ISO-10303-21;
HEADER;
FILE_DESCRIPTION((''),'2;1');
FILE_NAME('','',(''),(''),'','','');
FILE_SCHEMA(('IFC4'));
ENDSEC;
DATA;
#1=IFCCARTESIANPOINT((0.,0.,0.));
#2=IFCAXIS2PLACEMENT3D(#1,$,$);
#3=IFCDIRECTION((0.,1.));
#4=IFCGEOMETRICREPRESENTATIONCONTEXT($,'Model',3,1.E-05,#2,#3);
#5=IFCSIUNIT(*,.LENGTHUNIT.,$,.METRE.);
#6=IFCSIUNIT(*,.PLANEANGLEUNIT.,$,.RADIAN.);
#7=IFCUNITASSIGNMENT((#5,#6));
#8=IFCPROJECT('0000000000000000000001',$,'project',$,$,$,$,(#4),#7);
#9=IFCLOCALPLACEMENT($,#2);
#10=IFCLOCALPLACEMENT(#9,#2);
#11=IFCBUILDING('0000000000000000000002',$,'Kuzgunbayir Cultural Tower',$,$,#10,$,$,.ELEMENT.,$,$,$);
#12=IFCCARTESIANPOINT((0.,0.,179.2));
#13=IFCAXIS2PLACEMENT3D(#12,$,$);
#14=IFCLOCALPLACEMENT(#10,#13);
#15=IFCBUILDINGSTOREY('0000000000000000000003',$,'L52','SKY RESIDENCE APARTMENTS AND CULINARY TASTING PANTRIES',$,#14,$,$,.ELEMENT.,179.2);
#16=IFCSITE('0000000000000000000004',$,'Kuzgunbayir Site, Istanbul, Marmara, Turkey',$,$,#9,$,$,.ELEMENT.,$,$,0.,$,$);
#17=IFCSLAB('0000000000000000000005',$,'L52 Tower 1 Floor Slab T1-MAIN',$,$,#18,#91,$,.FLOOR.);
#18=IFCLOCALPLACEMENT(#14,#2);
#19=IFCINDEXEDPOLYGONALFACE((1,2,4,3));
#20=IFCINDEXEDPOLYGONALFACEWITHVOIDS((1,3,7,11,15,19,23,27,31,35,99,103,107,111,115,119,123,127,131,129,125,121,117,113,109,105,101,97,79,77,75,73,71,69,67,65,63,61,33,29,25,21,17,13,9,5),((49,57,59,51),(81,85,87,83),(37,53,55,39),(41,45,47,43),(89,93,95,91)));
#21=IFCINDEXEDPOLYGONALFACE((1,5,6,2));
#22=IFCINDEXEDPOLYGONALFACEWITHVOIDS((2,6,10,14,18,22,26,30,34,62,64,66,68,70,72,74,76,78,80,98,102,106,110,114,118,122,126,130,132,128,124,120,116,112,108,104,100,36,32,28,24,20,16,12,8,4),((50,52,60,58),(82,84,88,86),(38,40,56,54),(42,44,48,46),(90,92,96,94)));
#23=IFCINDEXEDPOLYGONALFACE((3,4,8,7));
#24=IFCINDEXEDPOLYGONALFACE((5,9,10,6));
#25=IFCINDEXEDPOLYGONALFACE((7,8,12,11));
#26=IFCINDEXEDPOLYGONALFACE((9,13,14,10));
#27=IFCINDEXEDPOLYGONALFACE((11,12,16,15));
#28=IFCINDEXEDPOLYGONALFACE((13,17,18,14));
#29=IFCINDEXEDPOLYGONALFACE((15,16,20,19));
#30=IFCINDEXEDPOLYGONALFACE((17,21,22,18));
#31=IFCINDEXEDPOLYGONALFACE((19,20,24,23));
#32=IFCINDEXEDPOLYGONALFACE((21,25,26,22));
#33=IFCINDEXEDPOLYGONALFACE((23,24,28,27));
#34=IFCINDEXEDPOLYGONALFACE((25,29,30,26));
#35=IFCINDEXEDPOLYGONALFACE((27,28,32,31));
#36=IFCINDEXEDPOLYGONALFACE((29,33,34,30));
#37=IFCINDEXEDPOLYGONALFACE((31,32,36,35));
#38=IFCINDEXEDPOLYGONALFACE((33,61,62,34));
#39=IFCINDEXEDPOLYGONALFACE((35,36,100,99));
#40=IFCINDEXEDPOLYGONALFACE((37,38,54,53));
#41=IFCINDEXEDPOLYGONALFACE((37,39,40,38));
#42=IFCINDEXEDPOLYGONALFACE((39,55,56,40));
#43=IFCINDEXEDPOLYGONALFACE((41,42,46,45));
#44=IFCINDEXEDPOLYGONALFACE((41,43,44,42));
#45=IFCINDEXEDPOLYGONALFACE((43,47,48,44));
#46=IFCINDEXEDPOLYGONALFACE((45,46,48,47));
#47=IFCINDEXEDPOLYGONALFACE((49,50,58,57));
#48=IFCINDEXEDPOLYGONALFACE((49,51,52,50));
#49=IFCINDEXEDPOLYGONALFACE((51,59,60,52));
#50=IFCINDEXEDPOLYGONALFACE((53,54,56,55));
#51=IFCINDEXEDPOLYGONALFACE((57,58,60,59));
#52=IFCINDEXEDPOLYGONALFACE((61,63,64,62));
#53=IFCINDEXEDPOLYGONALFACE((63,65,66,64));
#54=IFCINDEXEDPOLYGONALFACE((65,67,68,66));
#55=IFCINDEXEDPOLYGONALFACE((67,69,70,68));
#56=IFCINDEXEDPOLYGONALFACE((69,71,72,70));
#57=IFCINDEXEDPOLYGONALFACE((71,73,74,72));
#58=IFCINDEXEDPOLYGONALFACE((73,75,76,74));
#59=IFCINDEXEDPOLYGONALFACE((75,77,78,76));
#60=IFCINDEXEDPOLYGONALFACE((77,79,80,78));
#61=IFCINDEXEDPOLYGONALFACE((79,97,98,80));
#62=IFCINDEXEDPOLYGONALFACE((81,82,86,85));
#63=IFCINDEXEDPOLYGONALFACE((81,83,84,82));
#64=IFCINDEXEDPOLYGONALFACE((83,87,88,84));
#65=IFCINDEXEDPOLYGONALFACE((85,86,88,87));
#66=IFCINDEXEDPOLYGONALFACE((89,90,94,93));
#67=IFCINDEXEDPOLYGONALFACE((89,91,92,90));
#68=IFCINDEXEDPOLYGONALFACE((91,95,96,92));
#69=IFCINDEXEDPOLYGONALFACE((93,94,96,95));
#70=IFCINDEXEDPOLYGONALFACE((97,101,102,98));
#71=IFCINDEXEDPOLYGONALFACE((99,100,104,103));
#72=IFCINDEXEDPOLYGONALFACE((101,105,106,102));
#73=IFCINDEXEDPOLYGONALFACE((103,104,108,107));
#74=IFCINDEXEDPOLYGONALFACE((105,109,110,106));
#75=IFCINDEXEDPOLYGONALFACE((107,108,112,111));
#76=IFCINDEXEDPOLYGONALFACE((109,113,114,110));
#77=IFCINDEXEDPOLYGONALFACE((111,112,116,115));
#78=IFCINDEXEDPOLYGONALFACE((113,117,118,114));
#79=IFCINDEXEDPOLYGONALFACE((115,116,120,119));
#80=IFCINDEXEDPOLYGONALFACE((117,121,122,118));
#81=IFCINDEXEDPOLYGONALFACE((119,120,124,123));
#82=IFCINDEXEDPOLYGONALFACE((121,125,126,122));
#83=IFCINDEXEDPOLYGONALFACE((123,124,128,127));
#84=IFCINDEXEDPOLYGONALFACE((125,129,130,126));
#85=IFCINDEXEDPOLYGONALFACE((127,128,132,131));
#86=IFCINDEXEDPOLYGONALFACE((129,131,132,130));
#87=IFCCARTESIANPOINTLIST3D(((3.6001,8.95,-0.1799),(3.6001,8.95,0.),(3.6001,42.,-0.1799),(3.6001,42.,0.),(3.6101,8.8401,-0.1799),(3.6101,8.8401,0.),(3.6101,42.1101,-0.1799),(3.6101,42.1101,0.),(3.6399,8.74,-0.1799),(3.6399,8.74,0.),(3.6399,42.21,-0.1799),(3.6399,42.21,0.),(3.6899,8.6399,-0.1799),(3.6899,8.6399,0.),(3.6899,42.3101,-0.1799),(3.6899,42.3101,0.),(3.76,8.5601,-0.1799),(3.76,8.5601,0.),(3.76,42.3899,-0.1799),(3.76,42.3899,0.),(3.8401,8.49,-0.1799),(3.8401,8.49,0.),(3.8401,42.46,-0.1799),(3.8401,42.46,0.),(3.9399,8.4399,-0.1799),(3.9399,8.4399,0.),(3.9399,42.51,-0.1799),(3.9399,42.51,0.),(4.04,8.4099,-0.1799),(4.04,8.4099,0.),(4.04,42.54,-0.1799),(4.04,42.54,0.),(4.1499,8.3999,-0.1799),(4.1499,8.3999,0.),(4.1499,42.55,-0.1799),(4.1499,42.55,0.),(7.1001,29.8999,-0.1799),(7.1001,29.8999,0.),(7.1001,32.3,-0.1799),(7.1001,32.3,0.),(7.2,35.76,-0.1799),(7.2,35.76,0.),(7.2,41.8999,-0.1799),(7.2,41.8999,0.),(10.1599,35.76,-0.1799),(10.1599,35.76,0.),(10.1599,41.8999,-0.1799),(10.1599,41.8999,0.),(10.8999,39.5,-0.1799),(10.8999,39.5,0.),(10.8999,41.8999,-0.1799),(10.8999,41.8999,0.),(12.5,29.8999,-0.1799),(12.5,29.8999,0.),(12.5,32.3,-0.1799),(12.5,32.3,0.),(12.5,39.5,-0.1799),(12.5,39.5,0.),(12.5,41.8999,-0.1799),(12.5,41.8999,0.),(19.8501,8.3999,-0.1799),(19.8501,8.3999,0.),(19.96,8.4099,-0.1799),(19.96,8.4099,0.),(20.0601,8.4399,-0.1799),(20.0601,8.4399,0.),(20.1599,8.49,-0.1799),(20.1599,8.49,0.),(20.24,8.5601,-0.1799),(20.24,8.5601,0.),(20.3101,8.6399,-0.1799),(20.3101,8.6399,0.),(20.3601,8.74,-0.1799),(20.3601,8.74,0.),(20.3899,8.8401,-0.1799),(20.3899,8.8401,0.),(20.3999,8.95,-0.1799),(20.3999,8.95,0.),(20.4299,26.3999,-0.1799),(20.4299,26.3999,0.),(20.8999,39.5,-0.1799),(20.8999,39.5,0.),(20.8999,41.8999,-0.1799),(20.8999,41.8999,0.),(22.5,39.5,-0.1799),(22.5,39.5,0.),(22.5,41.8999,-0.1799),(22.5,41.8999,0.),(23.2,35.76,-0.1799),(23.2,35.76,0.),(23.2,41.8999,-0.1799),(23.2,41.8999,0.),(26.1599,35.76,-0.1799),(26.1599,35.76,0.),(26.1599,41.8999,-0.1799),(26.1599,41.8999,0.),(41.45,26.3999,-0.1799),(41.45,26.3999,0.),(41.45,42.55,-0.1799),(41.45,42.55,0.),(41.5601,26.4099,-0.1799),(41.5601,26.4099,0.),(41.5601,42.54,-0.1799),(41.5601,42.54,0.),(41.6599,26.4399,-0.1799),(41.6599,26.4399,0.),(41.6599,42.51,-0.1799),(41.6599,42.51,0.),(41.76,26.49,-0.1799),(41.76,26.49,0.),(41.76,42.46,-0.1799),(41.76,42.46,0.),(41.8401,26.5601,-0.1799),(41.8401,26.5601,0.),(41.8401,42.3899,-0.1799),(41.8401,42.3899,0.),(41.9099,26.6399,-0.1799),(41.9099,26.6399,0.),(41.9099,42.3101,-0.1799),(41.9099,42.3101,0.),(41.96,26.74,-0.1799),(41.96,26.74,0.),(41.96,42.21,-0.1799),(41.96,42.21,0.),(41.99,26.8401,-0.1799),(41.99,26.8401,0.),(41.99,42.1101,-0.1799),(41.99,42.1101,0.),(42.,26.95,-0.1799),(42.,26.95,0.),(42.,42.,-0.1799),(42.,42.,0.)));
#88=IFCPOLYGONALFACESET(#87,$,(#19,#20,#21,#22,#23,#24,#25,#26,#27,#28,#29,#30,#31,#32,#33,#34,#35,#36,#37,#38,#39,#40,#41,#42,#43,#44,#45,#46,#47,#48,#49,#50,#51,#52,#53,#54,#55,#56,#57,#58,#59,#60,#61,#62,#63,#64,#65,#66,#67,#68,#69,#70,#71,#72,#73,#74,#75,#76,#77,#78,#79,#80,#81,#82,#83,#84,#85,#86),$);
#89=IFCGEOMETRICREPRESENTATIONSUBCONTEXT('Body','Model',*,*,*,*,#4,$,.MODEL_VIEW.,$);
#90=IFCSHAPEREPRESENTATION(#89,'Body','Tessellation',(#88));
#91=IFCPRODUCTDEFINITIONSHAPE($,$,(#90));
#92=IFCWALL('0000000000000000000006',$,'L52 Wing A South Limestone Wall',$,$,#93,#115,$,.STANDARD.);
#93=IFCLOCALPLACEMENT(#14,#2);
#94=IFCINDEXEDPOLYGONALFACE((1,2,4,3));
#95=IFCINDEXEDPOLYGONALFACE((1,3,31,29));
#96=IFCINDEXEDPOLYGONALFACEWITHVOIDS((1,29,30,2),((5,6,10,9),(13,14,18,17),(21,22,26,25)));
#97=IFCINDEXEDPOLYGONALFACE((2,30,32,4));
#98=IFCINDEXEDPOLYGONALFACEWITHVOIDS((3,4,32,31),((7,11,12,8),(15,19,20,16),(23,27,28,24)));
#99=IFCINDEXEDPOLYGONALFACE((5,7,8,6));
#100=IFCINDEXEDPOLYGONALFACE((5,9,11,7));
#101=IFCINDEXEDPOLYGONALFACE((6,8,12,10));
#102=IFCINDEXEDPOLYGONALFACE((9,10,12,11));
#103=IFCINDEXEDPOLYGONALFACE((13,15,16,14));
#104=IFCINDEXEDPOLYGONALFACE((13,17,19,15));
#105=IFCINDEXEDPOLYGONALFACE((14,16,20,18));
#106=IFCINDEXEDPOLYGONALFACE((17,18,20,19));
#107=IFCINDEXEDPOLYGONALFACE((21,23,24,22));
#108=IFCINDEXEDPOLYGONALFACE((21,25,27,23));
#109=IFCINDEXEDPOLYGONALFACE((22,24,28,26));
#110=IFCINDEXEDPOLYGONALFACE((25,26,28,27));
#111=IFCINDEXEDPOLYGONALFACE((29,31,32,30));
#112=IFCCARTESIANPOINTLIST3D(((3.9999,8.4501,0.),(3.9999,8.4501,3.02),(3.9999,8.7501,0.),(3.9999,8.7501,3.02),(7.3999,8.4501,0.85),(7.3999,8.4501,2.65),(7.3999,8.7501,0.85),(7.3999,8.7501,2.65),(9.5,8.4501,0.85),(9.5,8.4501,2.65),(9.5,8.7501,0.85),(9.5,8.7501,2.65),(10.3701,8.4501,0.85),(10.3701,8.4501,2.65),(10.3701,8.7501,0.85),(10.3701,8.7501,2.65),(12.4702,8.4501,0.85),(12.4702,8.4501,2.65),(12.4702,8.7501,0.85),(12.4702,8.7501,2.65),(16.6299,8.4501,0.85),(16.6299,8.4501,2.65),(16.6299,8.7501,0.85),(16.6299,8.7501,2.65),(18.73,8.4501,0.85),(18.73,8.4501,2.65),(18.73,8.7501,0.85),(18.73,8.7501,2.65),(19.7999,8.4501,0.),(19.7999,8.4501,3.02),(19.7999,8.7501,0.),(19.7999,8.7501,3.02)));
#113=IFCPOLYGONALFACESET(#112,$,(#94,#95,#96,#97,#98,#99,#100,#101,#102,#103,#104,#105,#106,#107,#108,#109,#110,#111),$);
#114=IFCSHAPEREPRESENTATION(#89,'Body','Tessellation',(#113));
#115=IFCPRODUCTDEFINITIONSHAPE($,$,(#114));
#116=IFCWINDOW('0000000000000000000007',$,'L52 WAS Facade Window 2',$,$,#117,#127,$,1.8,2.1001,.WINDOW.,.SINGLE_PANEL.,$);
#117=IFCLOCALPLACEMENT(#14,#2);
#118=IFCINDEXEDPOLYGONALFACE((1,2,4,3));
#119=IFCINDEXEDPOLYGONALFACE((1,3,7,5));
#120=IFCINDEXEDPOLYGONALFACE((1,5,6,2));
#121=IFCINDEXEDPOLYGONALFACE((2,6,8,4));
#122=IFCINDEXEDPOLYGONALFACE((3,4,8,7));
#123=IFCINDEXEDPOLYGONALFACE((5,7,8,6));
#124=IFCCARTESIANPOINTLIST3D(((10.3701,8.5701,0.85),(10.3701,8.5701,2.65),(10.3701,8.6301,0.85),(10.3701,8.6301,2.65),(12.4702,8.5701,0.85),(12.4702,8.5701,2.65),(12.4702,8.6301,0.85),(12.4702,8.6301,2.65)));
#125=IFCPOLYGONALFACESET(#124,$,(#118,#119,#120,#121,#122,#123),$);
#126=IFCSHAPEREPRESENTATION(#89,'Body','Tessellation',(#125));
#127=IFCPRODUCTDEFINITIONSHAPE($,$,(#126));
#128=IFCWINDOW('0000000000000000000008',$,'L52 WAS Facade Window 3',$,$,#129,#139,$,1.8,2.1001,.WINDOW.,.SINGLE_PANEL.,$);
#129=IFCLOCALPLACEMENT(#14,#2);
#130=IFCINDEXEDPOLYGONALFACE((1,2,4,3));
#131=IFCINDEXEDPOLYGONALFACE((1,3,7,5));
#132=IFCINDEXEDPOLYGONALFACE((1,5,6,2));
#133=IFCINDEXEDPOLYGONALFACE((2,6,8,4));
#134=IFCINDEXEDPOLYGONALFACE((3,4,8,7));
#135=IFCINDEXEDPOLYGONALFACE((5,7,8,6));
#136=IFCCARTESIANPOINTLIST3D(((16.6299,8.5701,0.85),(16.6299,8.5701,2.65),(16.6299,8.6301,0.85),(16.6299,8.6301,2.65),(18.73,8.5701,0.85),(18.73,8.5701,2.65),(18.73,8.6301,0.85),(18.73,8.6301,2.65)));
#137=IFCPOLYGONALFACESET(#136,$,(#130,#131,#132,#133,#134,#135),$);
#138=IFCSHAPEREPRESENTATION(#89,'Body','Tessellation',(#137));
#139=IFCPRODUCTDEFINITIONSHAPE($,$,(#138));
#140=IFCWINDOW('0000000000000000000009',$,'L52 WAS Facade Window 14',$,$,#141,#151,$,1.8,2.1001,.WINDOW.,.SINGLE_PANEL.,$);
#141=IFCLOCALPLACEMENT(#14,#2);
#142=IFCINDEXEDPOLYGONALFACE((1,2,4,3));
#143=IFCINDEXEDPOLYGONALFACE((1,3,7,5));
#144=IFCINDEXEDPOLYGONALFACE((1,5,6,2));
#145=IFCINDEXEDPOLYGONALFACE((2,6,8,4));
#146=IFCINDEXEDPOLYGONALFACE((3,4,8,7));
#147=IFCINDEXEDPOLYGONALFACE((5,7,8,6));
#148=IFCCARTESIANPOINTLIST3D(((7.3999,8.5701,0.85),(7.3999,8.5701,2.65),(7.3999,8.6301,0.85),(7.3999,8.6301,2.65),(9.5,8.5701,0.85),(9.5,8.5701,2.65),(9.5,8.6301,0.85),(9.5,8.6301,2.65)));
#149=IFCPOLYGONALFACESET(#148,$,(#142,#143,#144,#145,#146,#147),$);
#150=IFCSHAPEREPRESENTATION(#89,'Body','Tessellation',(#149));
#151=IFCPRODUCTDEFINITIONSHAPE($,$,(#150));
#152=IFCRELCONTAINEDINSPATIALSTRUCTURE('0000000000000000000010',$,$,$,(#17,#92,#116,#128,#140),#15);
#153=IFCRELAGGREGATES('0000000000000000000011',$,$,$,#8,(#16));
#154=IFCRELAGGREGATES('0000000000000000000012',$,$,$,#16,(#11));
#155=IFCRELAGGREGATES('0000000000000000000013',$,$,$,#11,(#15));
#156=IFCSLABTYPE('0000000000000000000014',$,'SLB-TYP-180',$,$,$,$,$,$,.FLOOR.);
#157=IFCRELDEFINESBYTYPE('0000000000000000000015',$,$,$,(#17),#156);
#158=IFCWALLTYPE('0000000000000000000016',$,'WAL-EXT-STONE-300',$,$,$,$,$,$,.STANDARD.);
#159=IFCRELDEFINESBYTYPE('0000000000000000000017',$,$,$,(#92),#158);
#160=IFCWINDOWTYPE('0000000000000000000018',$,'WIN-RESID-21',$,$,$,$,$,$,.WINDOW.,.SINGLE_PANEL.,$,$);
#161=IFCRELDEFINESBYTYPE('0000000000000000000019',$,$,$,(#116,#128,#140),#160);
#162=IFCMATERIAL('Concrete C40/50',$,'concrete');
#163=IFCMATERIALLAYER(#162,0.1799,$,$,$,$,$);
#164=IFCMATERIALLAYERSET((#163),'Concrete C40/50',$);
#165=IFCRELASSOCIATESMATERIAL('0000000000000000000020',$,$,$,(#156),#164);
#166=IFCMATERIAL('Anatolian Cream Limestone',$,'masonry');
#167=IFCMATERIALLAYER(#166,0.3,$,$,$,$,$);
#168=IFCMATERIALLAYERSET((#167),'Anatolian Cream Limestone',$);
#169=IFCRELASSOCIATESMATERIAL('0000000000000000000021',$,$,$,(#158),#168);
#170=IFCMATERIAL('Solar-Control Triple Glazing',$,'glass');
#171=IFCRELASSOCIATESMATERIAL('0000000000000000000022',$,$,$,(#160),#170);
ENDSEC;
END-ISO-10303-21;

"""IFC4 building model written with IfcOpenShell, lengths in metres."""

from ifc_helpers import new_model, si_unit, direction, frame, frame_2d, origin, place, context, subcontext, project, spatial, polyline, rectangle, outline, extrude, material, layer, layer_set, type_object, element, fill, save


model = new_model("IFC4")

# Units and contexts
model_context = context("Model", 3, precision=1e-05, world=origin(), true_north=direction((0.0, 1.0)))
body_context = subcontext(model_context, "Body", "Model", "MODEL_VIEW")
ifc_project = project(units=[si_unit("LENGTHUNIT", "METRE"), si_unit("PLANEANGLEUNIT", "RADIAN")], contexts=[model_context])

# Site, building, storey
site_placement = place(None, origin())
site = spatial("IfcSite", under=ifc_project, at=site_placement, Name="Kuzgunbayir Site, Istanbul, Marmara, Turkey", CompositionType="ELEMENT", RefElevation=0.0)
building_placement = place(site_placement, origin())
building = spatial("IfcBuilding", under=site, at=building_placement, Name="Kuzgunbayir Cultural Tower", CompositionType="ELEMENT")
storey_placement = place(building_placement, frame((0.0, 0.0, 179.2)))
storey = spatial("IfcBuildingStorey", under=building, at=storey_placement, Name="L52", Description="SKY RESIDENCE APARTMENTS AND CULINARY TASTING PANTRIES", CompositionType="ELEMENT", Elevation=179.2)

# Shared definitions
ifc_material_1 = material(Name="Concrete C40/50", Category="concrete")

# Slab
ifc_layer_1 = layer(ifc_material_1, 0.1799)
ifc_layer_set_1 = layer_set([ifc_layer_1], Name="Concrete C40/50")
slab_type_1 = type_object("IfcSlabType", Name="SLB-TYP-180", PredefinedType="FLOOR", material=ifc_layer_set_1)
slab_1_placement = place(storey_placement, frame((0.0, 0.0, -0.1799)))
element("IfcSlab", 1, at=slab_1_placement, inside=storey, type_object=slab_type_1, Name="L52 Tower 1 Floor Slab T1-MAIN", PredefinedType="FLOOR", context=body_context, shape_type="SweptSolid", body=[
    extrude(outline(polyline([(20.3999, 8.95), (20.3899, 8.8401), (20.3601, 8.74), (20.3101, 8.6399), (20.24, 8.5601), (20.1599, 8.49), (20.0601, 8.4399), (19.96, 8.4099), (19.8501, 8.3999), (4.1499, 8.3999), (4.04, 8.4099), (3.9399, 8.4399), (3.8401, 8.49), (3.76, 8.5601), (3.6899, 8.6399), (3.6399, 8.74), (3.6101, 8.8401), (3.6001, 8.95), (3.6001, 42.0), (3.6101, 42.1101), (3.6399, 42.21), (3.6899, 42.3101), (3.76, 42.3899), (3.8401, 42.46), (3.9399, 42.51), (4.04, 42.54), (4.1499, 42.55), (41.45, 42.55), (41.5601, 42.54), (41.6599, 42.51), (41.76, 42.46), (41.8401, 42.3899), (41.9099, 42.3101), (41.96, 42.21), (41.99, 42.1101), (42.0, 42.0), (42.0, 26.95), (41.99, 26.8401), (41.96, 26.74), (41.9099, 26.6399), (41.8401, 26.5601), (41.76, 26.49), (41.6599, 26.4399), (41.5601, 26.4099), (41.45, 26.3999), (20.4299, 26.3999), (20.3999, 8.95)]), holes=[polyline([(7.2, 35.76), (7.2, 41.8999), (10.1599, 41.8999), (10.1599, 35.76), (7.2, 35.76)]), polyline([(23.2, 35.76), (23.2, 41.8999), (26.1599, 41.8999), (26.1599, 35.76), (23.2, 35.76)]), polyline([(7.1001, 29.8999), (7.1001, 32.3), (12.5, 32.3), (12.5, 29.8999), (7.1001, 29.8999)]), polyline([(10.8999, 39.5), (10.8999, 41.8999), (12.5, 41.8999), (12.5, 39.5), (10.8999, 39.5)]), polyline([(20.8999, 39.5), (20.8999, 41.8999), (22.5, 41.8999), (22.5, 39.5), (20.8999, 39.5)])]), origin(), (0.0, 0.0, 1.0), 0.1799),
])

# Wall, openings, windows
ifc_material_2 = material(Name="Anatolian Cream Limestone", Category="masonry")
ifc_layer_2 = layer(ifc_material_2, 0.3)
ifc_layer_set_2 = layer_set([ifc_layer_2], Name="Anatolian Cream Limestone")
wall_type_1 = type_object("IfcWallType", Name="WAL-EXT-STONE-300", PredefinedType="STANDARD", material=ifc_layer_set_2)
wall_1_placement = place(storey_placement, frame((4.0, 8.6001, 0.0), z_axis=(0.0, 0.0, 1.0), x_axis=(1.0, 0.0, 0.0)))
wall_1 = element("IfcWall", 2, at=wall_1_placement, inside=storey, type_object=wall_type_1, Name="L52 Wing A South Limestone Wall", PredefinedType="STANDARD", context=body_context, shape_type="SweptSolid", body=[
    extrude(rectangle(XDim=15.8, YDim=0.3, at=frame_2d((7.8999, 0.0))), origin(), (0.0, 0.0, 1.0), 3.02),
])
opening_1_placement = place(wall_1_placement, frame((6.3701, 0.0, 0.8501)))
opening_1 = element("IfcOpeningElement", 3, at=opening_1_placement, cuts=wall_1, PredefinedType="OPENING", context=body_context, shape_type="SweptSolid", body=[
    extrude(rectangle(XDim=2.1001, YDim=1.8, at=frame_2d((1.05, 0.8999))), frame((0.0, 0.1602, 0.0), z_axis=(0.0, -1.0, 0.0), x_axis=(1.0, 0.0, 0.0)), (0.0, 0.0, 1.0), 0.3201),
])
opening_2_placement = place(wall_1_placement, frame((12.6299, 0.0, 0.8501)))
opening_2 = element("IfcOpeningElement", 4, at=opening_2_placement, cuts=wall_1, PredefinedType="OPENING", context=body_context, shape_type="SweptSolid", body=[
    extrude(rectangle(XDim=2.1001, YDim=1.8, at=frame_2d((1.05, 0.8999))), frame((0.0, 0.1602, 0.0), z_axis=(0.0, -1.0, 0.0), x_axis=(1.0, 0.0, 0.0)), (0.0, 0.0, 1.0), 0.3201),
])
opening_3_placement = place(wall_1_placement, frame((3.3999, 0.0, 0.8501)))
opening_3 = element("IfcOpeningElement", 5, at=opening_3_placement, cuts=wall_1, PredefinedType="OPENING", context=body_context, shape_type="SweptSolid", body=[
    extrude(rectangle(XDim=2.1001, YDim=1.8, at=frame_2d((1.05, 0.8999))), frame((0.0, 0.1602, 0.0), z_axis=(0.0, -1.0, 0.0), x_axis=(1.0, 0.0, 0.0)), (0.0, 0.0, 1.0), 0.3201),
])
ifc_material_3 = material(Name="Solar-Control Triple Glazing", Category="glass")
window_type = type_object("IfcWindowType", Name="WIN-RESID-21", PartitioningType="SINGLE_PANEL", PredefinedType="WINDOW", material=ifc_material_3)
window_1_placement = place(opening_1_placement, origin())
window_1 = element("IfcWindow", 6, at=window_1_placement, inside=storey, type_object=window_type, Name="L52 WAS Facade Window 2", OverallHeight=1.8, OverallWidth=2.1001, PartitioningType="SINGLE_PANEL", PredefinedType="WINDOW", context=body_context, shape_type="SweptSolid", body=[
    extrude(rectangle(XDim=2.1001, YDim=1.8, at=frame_2d((1.05, 0.8999))), frame((0.0, 0.03, 0.0), z_axis=(0.0, -1.0, 0.0), x_axis=(1.0, 0.0, 0.0)), (0.0, 0.0, 1.0), 0.0601),
])
fill(opening_1, window_1)
window_2_placement = place(opening_2_placement, origin())
window_2 = element("IfcWindow", 7, at=window_2_placement, inside=storey, type_object=window_type, Name="L52 WAS Facade Window 3", OverallHeight=1.8, OverallWidth=2.1001, PartitioningType="SINGLE_PANEL", PredefinedType="WINDOW", context=body_context, shape_type="SweptSolid", body=[
    extrude(rectangle(XDim=2.1001, YDim=1.8, at=frame_2d((1.05, 0.8999))), frame((0.0, 0.03, 0.0), z_axis=(0.0, -1.0, 0.0), x_axis=(1.0, 0.0, 0.0)), (0.0, 0.0, 1.0), 0.0601),
])
fill(opening_2, window_2)
window_3_placement = place(opening_3_placement, origin())
window_3 = element("IfcWindow", 8, at=window_3_placement, inside=storey, type_object=window_type, Name="L52 WAS Facade Window 14", OverallHeight=1.8, OverallWidth=2.1001, PartitioningType="SINGLE_PANEL", PredefinedType="WINDOW", context=body_context, shape_type="SweptSolid", body=[
    extrude(rectangle(XDim=2.1001, YDim=1.8, at=frame_2d((1.05, 0.8999))), frame((0.0, 0.03, 0.0), z_axis=(0.0, -1.0, 0.0), x_axis=(1.0, 0.0, 0.0)), (0.0, 0.0, 1.0), 0.0601),
])
fill(opening_3, window_3)

save(model, "model.ifc")
